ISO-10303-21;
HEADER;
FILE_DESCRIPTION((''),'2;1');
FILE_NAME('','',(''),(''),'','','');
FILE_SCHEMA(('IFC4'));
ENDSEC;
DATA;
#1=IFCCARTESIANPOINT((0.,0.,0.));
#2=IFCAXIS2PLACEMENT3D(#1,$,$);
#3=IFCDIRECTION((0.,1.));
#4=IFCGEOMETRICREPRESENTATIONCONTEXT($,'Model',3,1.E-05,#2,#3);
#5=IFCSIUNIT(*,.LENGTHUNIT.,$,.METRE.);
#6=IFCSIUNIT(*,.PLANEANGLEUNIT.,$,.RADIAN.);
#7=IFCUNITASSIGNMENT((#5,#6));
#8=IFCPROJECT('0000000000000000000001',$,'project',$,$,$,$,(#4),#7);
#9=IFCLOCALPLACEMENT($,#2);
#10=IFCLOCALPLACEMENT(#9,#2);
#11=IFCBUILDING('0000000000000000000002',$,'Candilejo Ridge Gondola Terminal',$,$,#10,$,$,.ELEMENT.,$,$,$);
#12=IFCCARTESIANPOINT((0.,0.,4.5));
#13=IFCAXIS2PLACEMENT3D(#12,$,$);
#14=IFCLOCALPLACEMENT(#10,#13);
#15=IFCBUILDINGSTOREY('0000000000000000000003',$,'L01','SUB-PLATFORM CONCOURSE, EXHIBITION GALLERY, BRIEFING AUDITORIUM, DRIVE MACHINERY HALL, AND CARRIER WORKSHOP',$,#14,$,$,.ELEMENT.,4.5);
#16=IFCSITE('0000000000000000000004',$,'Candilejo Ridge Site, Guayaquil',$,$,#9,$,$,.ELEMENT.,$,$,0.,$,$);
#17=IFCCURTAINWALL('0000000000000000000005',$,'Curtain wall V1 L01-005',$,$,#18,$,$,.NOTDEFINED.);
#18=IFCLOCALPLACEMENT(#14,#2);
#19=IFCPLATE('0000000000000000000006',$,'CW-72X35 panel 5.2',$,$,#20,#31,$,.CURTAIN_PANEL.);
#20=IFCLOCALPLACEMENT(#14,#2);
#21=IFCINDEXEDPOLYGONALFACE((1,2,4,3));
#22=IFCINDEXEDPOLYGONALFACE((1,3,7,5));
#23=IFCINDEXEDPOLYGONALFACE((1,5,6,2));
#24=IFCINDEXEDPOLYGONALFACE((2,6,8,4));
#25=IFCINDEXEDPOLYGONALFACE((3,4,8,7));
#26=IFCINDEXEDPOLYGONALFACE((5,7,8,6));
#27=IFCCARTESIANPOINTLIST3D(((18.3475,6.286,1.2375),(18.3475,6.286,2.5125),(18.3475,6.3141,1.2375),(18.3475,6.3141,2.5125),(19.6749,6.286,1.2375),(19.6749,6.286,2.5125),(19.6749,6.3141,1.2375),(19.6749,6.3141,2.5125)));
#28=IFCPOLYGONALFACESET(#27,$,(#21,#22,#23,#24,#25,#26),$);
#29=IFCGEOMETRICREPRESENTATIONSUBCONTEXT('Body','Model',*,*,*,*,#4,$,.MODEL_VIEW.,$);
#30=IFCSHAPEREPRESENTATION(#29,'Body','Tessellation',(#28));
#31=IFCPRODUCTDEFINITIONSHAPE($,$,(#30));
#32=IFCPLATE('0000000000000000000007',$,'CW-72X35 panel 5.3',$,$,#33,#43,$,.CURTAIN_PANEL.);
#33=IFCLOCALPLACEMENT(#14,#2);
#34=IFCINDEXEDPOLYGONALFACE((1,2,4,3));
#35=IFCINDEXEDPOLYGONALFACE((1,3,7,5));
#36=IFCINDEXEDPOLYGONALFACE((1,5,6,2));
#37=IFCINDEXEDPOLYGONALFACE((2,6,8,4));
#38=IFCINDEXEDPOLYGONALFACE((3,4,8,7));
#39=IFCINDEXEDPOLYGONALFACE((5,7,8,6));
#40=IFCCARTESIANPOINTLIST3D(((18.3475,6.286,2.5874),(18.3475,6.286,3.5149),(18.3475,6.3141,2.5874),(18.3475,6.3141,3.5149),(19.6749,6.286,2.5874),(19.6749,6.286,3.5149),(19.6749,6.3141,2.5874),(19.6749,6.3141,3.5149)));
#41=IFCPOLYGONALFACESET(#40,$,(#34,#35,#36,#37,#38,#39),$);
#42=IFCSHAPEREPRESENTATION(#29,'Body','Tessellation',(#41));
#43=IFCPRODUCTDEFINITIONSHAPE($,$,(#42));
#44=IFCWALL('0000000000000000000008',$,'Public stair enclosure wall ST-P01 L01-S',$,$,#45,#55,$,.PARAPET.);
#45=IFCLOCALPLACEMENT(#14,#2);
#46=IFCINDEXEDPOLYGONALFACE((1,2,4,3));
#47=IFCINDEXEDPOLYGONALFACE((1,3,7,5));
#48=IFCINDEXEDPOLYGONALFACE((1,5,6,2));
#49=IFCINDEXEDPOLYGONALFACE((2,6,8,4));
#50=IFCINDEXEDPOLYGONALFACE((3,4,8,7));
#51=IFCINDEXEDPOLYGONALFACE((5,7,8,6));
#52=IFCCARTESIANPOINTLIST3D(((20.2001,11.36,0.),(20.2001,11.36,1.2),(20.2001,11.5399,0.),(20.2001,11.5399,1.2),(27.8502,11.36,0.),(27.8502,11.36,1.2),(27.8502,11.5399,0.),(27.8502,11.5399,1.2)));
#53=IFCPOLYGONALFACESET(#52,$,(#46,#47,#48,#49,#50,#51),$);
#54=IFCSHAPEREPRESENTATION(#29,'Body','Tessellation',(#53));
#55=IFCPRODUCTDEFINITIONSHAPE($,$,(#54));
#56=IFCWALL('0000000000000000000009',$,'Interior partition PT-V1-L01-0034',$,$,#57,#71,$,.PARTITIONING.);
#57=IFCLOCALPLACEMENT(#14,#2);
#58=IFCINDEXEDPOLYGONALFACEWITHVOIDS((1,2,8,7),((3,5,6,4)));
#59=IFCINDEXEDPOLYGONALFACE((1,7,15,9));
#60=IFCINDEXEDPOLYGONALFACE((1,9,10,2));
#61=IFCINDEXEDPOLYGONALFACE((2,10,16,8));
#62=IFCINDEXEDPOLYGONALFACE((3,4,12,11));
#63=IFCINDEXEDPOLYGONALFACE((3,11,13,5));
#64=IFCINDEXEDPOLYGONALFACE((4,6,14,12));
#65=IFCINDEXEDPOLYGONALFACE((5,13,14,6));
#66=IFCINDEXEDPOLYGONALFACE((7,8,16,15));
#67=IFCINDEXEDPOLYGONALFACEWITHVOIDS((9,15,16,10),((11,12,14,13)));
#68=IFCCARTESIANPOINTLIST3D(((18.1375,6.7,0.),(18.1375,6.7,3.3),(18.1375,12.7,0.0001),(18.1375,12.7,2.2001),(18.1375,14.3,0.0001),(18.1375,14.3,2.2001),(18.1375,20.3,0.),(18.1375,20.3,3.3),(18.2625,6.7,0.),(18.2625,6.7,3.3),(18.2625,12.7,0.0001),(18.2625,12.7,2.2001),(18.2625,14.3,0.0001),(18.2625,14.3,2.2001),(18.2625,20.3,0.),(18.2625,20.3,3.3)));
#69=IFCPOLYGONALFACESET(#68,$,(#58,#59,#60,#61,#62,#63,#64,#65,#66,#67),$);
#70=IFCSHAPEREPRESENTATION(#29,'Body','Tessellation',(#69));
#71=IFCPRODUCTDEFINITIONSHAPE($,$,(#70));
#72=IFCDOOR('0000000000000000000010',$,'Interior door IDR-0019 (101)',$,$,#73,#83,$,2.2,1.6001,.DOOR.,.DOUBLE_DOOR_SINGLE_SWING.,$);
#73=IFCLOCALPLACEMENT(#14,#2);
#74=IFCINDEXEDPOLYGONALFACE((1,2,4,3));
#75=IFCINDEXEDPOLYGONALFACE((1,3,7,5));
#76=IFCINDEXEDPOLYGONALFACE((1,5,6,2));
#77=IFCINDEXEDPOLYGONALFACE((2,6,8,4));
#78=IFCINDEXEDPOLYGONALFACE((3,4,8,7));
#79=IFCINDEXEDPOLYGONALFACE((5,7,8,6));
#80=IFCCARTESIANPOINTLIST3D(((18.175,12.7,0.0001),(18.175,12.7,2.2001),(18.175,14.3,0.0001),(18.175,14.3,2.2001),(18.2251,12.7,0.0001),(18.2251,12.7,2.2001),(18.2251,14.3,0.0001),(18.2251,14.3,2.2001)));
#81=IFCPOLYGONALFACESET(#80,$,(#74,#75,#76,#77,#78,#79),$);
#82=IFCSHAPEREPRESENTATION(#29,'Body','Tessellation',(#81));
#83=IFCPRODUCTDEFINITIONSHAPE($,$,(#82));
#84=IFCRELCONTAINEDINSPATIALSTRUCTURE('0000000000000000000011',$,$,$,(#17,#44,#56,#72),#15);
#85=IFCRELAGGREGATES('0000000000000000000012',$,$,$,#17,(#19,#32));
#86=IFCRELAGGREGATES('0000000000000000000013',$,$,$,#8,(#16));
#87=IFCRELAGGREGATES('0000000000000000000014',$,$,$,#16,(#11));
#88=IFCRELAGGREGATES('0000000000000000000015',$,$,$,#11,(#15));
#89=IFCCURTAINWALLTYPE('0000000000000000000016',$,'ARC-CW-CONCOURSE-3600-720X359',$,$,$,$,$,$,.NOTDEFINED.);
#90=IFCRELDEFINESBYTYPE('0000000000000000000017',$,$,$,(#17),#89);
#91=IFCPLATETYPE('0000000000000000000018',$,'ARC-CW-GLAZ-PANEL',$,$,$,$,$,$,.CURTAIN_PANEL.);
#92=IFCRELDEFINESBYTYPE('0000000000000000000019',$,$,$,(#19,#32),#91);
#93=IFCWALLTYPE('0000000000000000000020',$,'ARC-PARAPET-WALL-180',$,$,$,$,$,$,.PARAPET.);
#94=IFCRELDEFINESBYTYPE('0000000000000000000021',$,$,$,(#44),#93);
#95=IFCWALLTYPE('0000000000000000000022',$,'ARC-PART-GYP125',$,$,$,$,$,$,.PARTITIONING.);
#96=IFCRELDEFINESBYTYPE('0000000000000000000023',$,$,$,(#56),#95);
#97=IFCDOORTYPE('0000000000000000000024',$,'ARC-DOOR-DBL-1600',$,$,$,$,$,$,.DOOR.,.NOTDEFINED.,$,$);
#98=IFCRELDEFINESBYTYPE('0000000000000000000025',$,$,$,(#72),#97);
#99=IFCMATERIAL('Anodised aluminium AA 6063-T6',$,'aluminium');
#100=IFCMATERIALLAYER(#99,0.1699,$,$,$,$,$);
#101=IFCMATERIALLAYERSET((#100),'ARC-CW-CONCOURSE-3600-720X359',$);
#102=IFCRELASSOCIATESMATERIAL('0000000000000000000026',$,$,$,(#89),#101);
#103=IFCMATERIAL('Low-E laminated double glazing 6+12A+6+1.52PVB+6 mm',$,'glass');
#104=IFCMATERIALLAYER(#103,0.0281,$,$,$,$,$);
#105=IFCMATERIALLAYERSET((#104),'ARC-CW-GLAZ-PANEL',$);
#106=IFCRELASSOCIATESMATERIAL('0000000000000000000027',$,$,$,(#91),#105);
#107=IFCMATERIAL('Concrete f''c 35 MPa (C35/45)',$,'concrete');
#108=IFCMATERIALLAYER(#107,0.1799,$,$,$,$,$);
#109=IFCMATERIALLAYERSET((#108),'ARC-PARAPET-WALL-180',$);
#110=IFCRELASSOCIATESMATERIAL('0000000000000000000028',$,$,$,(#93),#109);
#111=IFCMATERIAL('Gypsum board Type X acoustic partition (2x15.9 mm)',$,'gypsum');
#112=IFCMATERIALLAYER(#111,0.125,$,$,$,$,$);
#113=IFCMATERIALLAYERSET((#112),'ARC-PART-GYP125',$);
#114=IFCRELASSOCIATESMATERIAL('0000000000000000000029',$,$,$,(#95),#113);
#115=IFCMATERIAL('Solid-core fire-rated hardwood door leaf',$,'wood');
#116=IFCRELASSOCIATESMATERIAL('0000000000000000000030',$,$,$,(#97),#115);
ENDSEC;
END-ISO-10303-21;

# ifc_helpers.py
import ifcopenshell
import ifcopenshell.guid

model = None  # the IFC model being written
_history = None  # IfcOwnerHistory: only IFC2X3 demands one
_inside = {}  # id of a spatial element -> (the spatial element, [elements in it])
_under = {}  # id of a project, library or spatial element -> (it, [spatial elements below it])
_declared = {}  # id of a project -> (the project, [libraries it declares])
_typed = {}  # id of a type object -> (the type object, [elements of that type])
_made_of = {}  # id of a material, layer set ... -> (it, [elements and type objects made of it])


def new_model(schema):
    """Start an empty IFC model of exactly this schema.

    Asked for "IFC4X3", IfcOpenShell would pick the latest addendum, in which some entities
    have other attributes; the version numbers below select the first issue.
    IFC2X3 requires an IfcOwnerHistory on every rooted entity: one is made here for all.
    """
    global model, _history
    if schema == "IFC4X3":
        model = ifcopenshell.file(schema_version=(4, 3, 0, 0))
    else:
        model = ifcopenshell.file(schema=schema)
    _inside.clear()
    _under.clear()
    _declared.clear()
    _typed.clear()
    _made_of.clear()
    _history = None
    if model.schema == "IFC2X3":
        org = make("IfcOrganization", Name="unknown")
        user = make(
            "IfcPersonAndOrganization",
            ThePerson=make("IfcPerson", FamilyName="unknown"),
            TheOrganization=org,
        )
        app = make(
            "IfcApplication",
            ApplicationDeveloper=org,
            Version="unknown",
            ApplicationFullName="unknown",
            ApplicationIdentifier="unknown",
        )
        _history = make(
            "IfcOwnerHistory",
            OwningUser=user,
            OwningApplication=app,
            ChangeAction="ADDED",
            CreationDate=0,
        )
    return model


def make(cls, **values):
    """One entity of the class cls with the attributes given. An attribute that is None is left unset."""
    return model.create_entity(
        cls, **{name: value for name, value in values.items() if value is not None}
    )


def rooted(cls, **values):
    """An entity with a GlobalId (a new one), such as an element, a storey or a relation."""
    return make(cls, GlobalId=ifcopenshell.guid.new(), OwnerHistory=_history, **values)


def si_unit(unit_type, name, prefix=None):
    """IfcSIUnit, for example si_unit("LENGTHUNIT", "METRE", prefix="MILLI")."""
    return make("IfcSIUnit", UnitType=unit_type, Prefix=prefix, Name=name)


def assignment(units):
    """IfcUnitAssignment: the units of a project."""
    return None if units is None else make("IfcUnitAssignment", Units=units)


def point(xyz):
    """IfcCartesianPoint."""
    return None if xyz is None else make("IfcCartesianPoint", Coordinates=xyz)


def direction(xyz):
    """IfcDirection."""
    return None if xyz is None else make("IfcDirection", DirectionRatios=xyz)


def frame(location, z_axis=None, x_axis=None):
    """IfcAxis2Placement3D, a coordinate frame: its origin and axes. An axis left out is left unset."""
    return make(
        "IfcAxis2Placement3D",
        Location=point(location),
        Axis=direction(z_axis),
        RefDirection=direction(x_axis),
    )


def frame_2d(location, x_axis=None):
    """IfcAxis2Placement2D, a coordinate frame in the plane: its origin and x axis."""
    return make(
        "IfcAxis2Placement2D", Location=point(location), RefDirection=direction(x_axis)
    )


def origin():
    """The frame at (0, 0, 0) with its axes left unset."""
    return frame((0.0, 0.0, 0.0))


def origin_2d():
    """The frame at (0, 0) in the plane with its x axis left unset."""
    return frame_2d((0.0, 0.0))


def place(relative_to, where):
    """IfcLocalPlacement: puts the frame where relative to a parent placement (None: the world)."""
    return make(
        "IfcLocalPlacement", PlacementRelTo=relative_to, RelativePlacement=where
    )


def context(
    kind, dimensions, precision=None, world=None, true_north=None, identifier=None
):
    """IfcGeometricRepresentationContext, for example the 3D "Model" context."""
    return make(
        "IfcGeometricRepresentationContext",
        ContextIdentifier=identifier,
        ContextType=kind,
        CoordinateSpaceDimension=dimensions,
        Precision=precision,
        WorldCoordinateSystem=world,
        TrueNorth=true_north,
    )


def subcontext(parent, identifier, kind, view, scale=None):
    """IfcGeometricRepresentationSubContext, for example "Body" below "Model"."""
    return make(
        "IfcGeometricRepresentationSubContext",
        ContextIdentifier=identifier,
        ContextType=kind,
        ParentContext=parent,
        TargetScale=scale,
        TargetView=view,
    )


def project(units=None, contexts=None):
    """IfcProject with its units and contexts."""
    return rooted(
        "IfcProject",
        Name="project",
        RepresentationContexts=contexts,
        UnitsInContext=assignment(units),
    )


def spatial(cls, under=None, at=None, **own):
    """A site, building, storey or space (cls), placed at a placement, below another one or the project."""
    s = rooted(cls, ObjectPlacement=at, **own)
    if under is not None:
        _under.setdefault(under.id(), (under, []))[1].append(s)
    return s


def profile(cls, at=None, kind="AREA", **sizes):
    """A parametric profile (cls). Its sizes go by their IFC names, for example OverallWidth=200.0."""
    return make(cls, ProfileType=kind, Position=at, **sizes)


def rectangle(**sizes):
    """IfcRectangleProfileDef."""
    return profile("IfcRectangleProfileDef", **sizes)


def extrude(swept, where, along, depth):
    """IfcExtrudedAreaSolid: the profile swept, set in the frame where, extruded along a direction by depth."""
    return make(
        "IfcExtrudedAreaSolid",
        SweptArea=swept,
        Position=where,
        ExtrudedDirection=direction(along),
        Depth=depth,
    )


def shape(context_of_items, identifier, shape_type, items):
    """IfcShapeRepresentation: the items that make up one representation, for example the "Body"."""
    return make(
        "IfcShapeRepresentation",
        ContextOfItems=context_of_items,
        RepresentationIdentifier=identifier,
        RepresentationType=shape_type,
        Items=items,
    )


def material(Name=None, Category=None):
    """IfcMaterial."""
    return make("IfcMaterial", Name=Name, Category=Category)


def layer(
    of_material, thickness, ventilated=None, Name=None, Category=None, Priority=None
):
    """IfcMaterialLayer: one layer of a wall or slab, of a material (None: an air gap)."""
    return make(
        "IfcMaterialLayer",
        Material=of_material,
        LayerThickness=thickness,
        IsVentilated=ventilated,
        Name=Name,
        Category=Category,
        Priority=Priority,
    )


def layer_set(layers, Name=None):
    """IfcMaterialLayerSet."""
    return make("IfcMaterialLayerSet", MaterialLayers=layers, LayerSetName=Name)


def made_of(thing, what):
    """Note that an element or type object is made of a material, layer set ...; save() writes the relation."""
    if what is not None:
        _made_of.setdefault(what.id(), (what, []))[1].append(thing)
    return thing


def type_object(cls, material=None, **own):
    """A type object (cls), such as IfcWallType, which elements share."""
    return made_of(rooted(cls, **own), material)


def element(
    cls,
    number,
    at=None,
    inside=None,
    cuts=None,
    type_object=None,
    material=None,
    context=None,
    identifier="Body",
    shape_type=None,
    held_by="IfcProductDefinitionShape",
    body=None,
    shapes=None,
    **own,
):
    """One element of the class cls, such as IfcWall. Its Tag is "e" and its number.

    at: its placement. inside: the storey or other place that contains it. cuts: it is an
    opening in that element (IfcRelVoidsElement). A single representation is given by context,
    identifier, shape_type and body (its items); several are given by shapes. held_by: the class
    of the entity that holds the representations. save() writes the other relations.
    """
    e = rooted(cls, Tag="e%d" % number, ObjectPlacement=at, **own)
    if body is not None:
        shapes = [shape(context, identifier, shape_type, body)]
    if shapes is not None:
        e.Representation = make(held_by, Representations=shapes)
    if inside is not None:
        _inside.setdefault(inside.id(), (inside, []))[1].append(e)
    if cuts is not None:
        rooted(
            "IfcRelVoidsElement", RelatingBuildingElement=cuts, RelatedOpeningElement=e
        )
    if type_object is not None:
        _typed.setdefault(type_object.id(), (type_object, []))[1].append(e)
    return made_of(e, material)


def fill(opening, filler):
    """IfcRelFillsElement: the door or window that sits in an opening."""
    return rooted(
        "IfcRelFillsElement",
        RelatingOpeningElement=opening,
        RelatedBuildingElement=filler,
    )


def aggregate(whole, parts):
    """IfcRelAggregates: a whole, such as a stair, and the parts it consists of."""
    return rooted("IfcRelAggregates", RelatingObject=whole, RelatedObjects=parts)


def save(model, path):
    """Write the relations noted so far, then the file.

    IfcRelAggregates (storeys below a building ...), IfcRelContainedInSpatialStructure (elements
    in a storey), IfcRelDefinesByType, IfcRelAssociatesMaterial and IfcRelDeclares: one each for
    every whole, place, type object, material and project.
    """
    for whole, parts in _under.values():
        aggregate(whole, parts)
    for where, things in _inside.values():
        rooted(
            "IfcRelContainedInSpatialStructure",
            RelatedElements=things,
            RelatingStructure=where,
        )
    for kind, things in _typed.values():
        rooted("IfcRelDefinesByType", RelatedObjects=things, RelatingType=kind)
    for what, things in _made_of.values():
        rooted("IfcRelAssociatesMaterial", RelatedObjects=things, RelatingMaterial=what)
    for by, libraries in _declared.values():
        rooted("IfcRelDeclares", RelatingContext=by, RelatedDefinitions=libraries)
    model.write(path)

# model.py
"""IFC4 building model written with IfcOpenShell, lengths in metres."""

from ifc_helpers import new_model, si_unit, direction, frame, frame_2d, origin, origin_2d, place, context, subcontext, project, spatial, rectangle, extrude, material, layer, layer_set, type_object, element, fill, aggregate, save


model = new_model("IFC4")

# Units and contexts
model_context = context("Model", 3, precision=1e-05, world=origin(), true_north=direction((0.0, 1.0)))
body_context = subcontext(model_context, "Body", "Model", "MODEL_VIEW")
ifc_project = project(units=[si_unit("LENGTHUNIT", "METRE"), si_unit("PLANEANGLEUNIT", "RADIAN")], contexts=[model_context])

# Site, building, storey
site_placement = place(None, origin())
site = spatial("IfcSite", under=ifc_project, at=site_placement, Name="Candilejo Ridge Site, Guayaquil", CompositionType="ELEMENT", RefElevation=0.0)
building_placement = place(site_placement, origin())
building = spatial("IfcBuilding", under=site, at=building_placement, Name="Candilejo Ridge Gondola Terminal", CompositionType="ELEMENT")
storey_placement = place(building_placement, frame((0.0, 0.0, 4.5)))
storey = spatial("IfcBuildingStorey", under=building, at=storey_placement, Name="L01", Description="SUB-PLATFORM CONCOURSE, EXHIBITION GALLERY, BRIEFING AUDITORIUM, DRIVE MACHINERY HALL, AND CARRIER WORKSHOP", CompositionType="ELEMENT", Elevation=4.5)

# Curtain wall
ifc_material_1 = material(Name="Anodised aluminium AA 6063-T6", Category="aluminium")
ifc_layer_1 = layer(ifc_material_1, 0.1699)
ifc_layer_set_1 = layer_set([ifc_layer_1], Name="ARC-CW-CONCOURSE-3600-720X359")
curtain_wall_type = type_object("IfcCurtainWallType", Name="ARC-CW-CONCOURSE-3600-720X359", PredefinedType="NOTDEFINED", material=ifc_layer_set_1)
curtain_wall_1_placement = place(storey_placement, origin())
curtain_wall_1 = element("IfcCurtainWall", 1, at=curtain_wall_1_placement, inside=storey, type_object=curtain_wall_type, Name="Curtain wall V1 L01-005", PredefinedType="NOTDEFINED")

# Plates
ifc_material_2 = material(Name="Low-E laminated double glazing 6+12A+6+1.52PVB+6 mm", Category="glass")
ifc_layer_2 = layer(ifc_material_2, 0.0281)
ifc_layer_set_2 = layer_set([ifc_layer_2], Name="ARC-CW-GLAZ-PANEL")
plate_type = type_object("IfcPlateType", Name="ARC-CW-GLAZ-PANEL", PredefinedType="CURTAIN_PANEL", material=ifc_layer_set_2)
plate_1_placement = place(storey_placement, frame((19.0112, 6.3, 1.2375), z_axis=(0.0, 0.0, 1.0), x_axis=(1.0, 0.0, 0.0)))
plate_1 = element("IfcPlate", 2, at=plate_1_placement, type_object=plate_type, Name="CW-72X35 panel 5.2", PredefinedType="CURTAIN_PANEL", context=body_context, shape_type="SweptSolid", body=[
    extrude(rectangle(XDim=1.3274, YDim=0.0281, at=origin_2d()), origin(), (0.0, 0.0, 1.0), 1.2749),
])
plate_2_placement = place(storey_placement, frame((19.0112, 6.3, 2.5874), z_axis=(0.0, 0.0, 1.0), x_axis=(1.0, 0.0, 0.0)))
plate_2 = element("IfcPlate", 3, at=plate_2_placement, type_object=plate_type, Name="CW-72X35 panel 5.3", PredefinedType="CURTAIN_PANEL", context=body_context, shape_type="SweptSolid", body=[
    extrude(rectangle(XDim=1.3274, YDim=0.0281, at=origin_2d()), origin(), (0.0, 0.0, 1.0), 0.9275),
])
aggregate(curtain_wall_1, [plate_1, plate_2])

# Wall
ifc_material_3 = material(Name="Concrete f'c 35 MPa (C35/45)", Category="concrete")
ifc_layer_3 = layer(ifc_material_3, 0.1799)
ifc_layer_set_3 = layer_set([ifc_layer_3], Name="ARC-PARAPET-WALL-180")
wall_type_1 = type_object("IfcWallType", Name="ARC-PARAPET-WALL-180", PredefinedType="PARAPET", material=ifc_layer_set_3)
wall_1_placement = place(storey_placement, frame((20.2, 11.45, 0.0), z_axis=(0.0, 0.0, 1.0), x_axis=(1.0, 0.0, 0.0)))
element("IfcWall", 4, at=wall_1_placement, inside=storey, type_object=wall_type_1, Name="Public stair enclosure wall ST-P01 L01-S", PredefinedType="PARAPET", context=body_context, shape_type="SweptSolid", body=[
    extrude(rectangle(XDim=7.6501, YDim=0.1799, at=frame_2d((3.8252, 0.0))), origin(), (0.0, 0.0, 1.0), 1.2),
])

# Wall, opening, door
ifc_material_4 = material(Name="Gypsum board Type X acoustic partition (2x15.9 mm)", Category="gypsum")
ifc_layer_4 = layer(ifc_material_4, 0.125)
ifc_layer_set_4 = layer_set([ifc_layer_4], Name="ARC-PART-GYP125")
wall_type_2 = type_object("IfcWallType", Name="ARC-PART-GYP125", PredefinedType="PARTITIONING", material=ifc_layer_set_4)
wall_2_placement = place(storey_placement, frame((18.2, 6.7, 0.0), z_axis=(0.0, 0.0, 1.0), x_axis=(0.0, 1.0, 0.0)))
wall_2 = element("IfcWall", 5, at=wall_2_placement, inside=storey, type_object=wall_type_2, Name="Interior partition PT-V1-L01-0034", PredefinedType="PARTITIONING", context=body_context, shape_type="SweptSolid", body=[
    extrude(rectangle(XDim=13.6001, YDim=0.125, at=frame_2d((6.8, 0.0))), origin(), (0.0, 0.0, 1.0), 3.3),
])
opening_placement = place(wall_2_placement, frame((6.0, 0.0, 0.0)))
opening = element("IfcOpeningElement", 6, at=opening_placement, cuts=wall_2, PredefinedType="OPENING", context=body_context, shape_type="SweptSolid", body=[
    extrude(rectangle(XDim=1.6001, YDim=2.2, at=frame_2d((0.8, 1.1001))), frame((0.0, 0.0725, 0.0), z_axis=(0.0, -1.0, 0.0), x_axis=(1.0, 0.0, 0.0)), (0.0, 0.0, 1.0), 0.145),
])
ifc_material_5 = material(Name="Solid-core fire-rated hardwood door leaf", Category="wood")
door_type = type_object("IfcDoorType", Name="ARC-DOOR-DBL-1600", OperationType="NOTDEFINED", PredefinedType="DOOR", material=ifc_material_5)
door_placement = place(opening_placement, origin())
door = element("IfcDoor", 7, at=door_placement, inside=storey, type_object=door_type, Name="Interior door IDR-0019 (101)", OperationType="DOUBLE_DOOR_SINGLE_SWING", OverallHeight=2.2, OverallWidth=1.6001, PredefinedType="DOOR", context=body_context, shape_type="SweptSolid", body=[
    extrude(rectangle(XDim=1.6001, YDim=2.2, at=frame_2d((0.8, 1.1001))), frame((0.0, 0.0249, 0.0), z_axis=(0.0, -1.0, 0.0), x_axis=(1.0, 0.0, 0.0)), (0.0, 0.0, 1.0), 0.05),
])
fill(opening, door)

save(model, "model.ifc")
